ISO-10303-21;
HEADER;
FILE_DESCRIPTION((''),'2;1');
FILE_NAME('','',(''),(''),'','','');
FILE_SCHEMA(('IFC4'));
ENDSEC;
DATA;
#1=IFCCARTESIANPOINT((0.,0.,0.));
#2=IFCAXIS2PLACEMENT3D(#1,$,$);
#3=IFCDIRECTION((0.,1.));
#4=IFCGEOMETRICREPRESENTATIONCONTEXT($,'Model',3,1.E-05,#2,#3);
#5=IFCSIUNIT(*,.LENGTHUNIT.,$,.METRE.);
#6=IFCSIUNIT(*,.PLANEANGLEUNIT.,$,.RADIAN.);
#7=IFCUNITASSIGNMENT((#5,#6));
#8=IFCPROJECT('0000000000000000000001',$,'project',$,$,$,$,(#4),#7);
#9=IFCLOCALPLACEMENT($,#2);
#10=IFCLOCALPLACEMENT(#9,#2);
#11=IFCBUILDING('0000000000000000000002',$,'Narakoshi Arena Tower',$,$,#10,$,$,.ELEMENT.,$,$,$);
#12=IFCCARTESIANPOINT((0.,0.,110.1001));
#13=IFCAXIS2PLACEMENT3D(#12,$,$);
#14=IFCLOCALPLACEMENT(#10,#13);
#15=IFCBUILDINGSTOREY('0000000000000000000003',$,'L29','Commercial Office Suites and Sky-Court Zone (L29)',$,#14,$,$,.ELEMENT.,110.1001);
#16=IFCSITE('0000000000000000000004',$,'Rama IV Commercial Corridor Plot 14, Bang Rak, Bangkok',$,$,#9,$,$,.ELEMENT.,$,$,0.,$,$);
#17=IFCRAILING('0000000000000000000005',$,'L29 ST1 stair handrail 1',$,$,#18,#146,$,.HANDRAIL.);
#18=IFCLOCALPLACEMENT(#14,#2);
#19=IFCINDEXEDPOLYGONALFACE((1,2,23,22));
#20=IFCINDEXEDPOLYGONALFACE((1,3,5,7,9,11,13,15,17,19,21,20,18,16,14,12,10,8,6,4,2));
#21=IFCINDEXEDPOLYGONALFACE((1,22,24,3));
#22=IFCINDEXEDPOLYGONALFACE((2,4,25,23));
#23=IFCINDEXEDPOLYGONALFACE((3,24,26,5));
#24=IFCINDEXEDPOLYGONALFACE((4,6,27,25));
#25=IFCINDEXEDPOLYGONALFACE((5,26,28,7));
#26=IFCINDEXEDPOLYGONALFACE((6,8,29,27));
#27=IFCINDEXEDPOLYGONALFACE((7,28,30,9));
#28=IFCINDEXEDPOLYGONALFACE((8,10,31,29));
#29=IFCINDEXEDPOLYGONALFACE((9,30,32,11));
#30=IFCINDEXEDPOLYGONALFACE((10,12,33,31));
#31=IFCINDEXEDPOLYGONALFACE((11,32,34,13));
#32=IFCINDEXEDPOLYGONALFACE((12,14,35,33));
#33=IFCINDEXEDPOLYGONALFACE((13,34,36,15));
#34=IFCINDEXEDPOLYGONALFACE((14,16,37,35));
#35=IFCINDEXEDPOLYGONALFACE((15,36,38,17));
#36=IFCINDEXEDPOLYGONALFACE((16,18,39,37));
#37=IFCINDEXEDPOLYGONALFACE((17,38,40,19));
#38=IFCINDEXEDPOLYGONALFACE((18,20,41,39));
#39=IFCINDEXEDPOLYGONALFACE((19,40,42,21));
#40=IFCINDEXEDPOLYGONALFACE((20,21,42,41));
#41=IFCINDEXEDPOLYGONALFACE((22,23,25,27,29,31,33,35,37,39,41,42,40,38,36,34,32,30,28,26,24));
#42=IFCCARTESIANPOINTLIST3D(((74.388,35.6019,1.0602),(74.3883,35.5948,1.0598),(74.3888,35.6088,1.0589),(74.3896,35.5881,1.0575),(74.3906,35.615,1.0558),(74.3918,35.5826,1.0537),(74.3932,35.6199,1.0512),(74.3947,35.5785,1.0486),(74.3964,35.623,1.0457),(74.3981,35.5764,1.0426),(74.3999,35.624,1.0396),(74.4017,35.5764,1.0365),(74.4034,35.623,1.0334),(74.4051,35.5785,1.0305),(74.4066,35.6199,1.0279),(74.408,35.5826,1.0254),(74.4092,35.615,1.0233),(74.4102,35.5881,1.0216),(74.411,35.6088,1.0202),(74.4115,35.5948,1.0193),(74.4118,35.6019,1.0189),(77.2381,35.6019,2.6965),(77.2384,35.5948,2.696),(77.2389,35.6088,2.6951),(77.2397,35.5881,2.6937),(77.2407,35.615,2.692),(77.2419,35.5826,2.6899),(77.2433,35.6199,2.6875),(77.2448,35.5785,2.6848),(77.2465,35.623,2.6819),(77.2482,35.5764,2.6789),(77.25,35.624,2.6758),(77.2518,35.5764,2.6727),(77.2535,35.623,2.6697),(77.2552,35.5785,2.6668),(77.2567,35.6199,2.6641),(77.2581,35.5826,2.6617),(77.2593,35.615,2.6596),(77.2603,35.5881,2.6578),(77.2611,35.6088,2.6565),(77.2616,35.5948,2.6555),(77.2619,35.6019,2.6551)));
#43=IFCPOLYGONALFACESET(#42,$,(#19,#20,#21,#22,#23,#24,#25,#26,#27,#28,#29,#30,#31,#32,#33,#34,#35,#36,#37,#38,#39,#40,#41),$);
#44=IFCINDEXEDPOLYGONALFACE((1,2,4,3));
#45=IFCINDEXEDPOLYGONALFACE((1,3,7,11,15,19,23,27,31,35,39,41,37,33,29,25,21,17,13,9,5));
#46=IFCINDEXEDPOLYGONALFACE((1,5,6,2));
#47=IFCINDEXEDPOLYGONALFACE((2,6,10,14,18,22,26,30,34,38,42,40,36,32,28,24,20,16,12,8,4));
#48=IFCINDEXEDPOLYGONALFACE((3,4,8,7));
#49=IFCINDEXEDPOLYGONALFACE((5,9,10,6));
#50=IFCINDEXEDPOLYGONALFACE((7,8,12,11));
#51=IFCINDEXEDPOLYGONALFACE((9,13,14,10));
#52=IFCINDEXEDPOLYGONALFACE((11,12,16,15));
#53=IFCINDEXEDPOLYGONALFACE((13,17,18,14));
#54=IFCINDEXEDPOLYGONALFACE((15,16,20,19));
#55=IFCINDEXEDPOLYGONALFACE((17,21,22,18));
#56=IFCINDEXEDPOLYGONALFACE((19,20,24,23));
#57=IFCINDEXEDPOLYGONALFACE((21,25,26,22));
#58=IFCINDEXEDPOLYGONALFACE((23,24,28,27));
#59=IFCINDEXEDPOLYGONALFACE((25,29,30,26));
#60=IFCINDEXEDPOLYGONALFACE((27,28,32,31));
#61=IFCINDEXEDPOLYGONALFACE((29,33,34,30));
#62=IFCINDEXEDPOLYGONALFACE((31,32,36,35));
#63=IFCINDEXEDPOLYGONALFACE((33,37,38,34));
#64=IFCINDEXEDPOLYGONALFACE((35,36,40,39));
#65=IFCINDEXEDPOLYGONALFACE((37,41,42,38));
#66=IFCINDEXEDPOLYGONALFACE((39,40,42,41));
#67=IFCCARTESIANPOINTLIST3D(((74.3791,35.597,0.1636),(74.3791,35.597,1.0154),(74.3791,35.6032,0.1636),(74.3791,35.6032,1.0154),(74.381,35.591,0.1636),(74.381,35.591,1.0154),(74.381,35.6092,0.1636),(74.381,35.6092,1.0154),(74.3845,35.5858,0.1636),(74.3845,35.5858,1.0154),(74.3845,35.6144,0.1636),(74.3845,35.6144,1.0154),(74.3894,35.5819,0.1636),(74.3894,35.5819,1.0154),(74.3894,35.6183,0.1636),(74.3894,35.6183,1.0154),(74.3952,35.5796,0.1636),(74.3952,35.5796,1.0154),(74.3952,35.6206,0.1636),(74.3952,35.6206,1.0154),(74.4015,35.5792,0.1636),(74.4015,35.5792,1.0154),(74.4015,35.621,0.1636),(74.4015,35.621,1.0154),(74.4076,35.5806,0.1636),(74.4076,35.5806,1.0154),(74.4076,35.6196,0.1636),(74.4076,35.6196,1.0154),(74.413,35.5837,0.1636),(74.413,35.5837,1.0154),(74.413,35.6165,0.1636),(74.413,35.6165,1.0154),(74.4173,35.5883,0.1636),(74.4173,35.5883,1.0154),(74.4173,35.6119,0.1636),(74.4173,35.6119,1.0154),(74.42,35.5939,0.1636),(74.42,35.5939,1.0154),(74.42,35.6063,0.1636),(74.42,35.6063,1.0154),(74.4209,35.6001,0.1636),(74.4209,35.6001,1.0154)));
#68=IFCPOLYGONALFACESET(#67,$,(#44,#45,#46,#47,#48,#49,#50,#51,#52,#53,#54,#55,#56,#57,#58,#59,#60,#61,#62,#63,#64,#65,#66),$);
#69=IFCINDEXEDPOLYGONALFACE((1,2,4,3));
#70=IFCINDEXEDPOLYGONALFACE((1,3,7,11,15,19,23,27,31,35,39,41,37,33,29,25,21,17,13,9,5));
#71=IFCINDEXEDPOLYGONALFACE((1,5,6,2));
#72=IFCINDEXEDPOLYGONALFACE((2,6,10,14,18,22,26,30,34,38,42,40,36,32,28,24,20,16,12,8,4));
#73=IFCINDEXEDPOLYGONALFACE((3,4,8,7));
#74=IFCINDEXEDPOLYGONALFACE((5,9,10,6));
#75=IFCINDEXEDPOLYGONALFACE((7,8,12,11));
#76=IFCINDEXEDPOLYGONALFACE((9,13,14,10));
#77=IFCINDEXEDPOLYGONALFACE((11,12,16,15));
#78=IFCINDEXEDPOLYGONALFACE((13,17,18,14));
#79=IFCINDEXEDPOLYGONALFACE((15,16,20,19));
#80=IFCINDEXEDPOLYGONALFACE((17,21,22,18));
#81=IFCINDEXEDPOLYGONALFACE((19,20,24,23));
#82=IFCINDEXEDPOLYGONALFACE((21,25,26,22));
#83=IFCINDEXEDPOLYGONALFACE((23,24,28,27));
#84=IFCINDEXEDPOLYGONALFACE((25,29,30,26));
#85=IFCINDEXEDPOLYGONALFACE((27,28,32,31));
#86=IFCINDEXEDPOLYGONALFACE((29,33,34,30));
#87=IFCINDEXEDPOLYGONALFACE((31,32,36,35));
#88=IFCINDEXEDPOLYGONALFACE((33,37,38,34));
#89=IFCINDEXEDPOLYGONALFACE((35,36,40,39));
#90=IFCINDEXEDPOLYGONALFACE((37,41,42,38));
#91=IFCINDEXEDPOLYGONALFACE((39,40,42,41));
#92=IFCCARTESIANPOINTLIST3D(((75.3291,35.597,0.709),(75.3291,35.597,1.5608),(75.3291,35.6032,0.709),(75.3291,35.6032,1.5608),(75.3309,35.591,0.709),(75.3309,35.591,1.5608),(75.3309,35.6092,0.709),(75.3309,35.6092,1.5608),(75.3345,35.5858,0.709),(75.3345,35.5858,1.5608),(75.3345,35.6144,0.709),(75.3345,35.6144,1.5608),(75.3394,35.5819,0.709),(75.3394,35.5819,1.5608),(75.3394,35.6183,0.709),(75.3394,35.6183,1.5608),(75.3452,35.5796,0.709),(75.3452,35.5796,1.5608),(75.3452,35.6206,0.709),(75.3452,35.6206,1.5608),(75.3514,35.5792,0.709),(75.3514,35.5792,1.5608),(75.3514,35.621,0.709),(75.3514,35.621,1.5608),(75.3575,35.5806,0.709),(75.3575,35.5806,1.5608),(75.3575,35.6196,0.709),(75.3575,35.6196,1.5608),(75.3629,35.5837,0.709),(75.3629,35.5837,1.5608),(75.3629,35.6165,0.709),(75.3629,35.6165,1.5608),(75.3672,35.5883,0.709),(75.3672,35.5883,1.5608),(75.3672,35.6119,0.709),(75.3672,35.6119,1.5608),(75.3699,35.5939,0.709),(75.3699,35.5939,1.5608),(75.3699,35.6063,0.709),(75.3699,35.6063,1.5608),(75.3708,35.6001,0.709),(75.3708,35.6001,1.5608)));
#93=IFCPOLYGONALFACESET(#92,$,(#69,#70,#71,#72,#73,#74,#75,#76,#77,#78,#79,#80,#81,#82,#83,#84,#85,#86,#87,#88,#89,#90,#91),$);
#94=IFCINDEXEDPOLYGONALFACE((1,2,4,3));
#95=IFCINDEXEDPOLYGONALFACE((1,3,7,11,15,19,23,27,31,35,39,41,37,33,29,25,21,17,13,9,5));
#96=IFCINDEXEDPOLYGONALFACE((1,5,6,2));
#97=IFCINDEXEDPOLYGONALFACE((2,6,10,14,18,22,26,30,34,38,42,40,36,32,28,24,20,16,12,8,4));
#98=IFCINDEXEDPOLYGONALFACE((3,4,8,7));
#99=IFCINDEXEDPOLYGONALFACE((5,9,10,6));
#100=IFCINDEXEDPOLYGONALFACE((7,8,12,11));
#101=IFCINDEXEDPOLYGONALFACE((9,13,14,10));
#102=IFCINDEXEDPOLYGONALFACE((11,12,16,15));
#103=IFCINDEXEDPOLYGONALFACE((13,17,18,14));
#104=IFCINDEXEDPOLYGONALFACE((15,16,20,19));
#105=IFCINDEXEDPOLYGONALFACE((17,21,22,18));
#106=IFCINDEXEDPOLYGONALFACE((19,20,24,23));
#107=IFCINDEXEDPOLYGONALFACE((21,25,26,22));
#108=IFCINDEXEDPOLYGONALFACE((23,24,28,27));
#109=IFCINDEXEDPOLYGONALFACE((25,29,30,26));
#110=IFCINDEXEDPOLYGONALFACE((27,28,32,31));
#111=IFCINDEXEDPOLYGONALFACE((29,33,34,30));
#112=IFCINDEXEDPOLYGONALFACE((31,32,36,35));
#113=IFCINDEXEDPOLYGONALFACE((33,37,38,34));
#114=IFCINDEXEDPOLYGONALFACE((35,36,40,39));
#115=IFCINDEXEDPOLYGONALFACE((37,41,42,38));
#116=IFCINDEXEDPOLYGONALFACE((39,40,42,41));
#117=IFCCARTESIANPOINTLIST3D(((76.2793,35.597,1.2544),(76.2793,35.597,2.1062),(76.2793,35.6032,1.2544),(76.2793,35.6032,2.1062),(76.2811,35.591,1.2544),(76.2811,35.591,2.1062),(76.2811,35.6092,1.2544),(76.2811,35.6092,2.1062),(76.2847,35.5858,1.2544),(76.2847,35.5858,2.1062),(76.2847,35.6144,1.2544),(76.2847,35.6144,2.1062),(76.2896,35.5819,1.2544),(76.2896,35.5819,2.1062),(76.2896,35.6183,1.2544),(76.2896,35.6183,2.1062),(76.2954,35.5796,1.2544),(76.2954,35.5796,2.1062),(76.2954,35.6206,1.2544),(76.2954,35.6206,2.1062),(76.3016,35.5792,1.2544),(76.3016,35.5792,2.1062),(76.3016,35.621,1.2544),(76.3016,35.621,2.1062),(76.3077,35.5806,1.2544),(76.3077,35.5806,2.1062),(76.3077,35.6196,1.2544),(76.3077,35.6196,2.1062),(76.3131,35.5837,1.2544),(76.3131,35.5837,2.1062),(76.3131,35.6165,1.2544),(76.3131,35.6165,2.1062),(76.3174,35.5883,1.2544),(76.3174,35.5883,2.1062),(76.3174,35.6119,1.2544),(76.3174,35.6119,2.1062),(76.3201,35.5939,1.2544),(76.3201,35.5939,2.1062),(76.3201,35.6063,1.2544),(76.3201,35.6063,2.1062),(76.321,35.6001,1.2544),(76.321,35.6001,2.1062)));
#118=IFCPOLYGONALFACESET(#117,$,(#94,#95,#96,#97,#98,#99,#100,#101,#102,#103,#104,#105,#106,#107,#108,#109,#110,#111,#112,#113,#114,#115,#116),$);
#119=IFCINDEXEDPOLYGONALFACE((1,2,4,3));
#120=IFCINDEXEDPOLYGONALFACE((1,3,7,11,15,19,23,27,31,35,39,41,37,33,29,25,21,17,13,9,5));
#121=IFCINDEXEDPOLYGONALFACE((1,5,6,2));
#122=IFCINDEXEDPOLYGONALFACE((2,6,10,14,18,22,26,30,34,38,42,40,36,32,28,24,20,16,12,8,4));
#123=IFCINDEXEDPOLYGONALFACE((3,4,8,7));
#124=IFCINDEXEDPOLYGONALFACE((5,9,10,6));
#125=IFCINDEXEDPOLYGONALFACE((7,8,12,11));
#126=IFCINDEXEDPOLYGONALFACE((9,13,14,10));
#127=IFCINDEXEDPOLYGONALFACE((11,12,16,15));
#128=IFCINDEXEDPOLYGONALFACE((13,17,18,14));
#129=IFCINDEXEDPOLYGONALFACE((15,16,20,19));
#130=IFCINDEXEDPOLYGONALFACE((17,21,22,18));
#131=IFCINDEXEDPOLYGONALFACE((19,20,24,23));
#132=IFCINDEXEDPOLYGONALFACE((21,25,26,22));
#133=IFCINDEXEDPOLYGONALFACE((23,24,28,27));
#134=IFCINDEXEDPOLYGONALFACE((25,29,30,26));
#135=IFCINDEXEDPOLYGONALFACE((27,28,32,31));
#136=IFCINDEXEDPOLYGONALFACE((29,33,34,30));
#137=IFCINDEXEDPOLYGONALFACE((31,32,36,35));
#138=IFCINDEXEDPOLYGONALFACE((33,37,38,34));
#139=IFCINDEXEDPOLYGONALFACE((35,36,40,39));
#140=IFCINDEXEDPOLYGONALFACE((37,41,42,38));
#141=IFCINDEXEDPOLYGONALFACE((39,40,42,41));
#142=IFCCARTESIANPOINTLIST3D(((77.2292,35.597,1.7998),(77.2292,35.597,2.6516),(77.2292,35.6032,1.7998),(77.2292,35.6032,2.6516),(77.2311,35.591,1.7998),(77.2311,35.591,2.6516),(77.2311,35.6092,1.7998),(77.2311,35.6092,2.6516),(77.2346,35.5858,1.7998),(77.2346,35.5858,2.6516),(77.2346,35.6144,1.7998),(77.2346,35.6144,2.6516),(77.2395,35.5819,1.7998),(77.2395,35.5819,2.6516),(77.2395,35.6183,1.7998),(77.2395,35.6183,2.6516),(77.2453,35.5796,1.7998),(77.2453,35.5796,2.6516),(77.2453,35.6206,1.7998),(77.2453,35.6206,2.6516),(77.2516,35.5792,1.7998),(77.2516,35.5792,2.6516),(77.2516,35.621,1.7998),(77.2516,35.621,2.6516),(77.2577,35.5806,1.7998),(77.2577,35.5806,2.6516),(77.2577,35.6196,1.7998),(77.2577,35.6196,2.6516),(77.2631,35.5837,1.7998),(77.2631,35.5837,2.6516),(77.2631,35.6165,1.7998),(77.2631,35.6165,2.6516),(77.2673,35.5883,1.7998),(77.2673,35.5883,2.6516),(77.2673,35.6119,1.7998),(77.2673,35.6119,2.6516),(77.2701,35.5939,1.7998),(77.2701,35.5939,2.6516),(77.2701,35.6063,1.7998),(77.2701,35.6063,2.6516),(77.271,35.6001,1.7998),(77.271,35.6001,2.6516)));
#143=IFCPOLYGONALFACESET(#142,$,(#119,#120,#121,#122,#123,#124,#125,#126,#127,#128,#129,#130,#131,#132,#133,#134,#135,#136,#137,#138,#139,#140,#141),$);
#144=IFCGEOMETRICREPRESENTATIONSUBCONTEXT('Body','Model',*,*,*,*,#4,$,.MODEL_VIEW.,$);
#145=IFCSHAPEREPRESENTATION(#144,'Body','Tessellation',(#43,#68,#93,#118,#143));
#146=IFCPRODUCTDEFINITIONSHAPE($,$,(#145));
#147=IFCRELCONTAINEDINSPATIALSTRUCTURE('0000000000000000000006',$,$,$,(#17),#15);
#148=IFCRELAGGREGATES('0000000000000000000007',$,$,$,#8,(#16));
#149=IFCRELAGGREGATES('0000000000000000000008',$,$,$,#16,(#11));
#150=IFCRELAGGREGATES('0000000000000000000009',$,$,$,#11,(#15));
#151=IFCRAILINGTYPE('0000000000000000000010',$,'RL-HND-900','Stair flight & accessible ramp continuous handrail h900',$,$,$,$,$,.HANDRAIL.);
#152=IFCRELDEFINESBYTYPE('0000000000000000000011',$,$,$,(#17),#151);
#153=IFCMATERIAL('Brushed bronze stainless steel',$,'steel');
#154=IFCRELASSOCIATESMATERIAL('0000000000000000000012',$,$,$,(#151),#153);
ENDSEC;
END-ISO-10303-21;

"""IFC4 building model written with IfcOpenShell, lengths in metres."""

from ifc_helpers import new_model, si_unit, direction, frame, origin, origin_2d, place, context, subcontext, project, spatial, circle, extrude, material, type_object, element, save


model = new_model("IFC4")

# Units and contexts
model_context = context("Model", 3, precision=1e-05, world=origin(), true_north=direction((0.0, 1.0)))
body_context = subcontext(model_context, "Body", "Model", "MODEL_VIEW")
ifc_project = project(units=[si_unit("LENGTHUNIT", "METRE"), si_unit("PLANEANGLEUNIT", "RADIAN")], contexts=[model_context])

# Site, building, storey
site_placement = place(None, origin())
site = spatial("IfcSite", under=ifc_project, at=site_placement, Name="Rama IV Commercial Corridor Plot 14, Bang Rak, Bangkok", CompositionType="ELEMENT", RefElevation=0.0)
building_placement = place(site_placement, origin())
building = spatial("IfcBuilding", under=site, at=building_placement, Name="Narakoshi Arena Tower", CompositionType="ELEMENT")
storey_placement = place(building_placement, frame((0.0, 0.0, 110.1001)))
storey = spatial("IfcBuildingStorey", under=building, at=storey_placement, Name="L29", Description="Commercial Office Suites and Sky-Court Zone (L29)", CompositionType="ELEMENT", Elevation=110.1001)

# Shared definitions
ifc_material_1 = material(Name="Brushed bronze stainless steel", Category="steel")

# Railing
railing_type_1 = type_object("IfcRailingType", Name="RL-HND-900", Description="Stair flight & accessible ramp continuous handrail h900", PredefinedType="HANDRAIL", material=ifc_material_1)
railing_1_placement = place(storey_placement, frame((74.3999, 35.6001, 0.1636)))
element("IfcRailing", 1, at=railing_1_placement, inside=storey, type_object=railing_type_1, Name="L29 ST1 stair handrail 1", PredefinedType="HANDRAIL", context=body_context, shape_type="SweptSolid", body=[
    extrude(circle(Radius=0.0239, at=origin_2d()), frame((0.0, 0.0, 0.876), z_axis=(0.867245, 0.0, 0.497882), x_axis=(0.0, 1.0, 0.0)), (0.0, 0.0, 1.0), 3.2864),
    extrude(circle(Radius=0.021, at=origin_2d()), origin(), (0.0, 0.0, 1.0), 0.8518),
    extrude(circle(Radius=0.021, at=origin_2d()), frame((0.95, 0.0, 0.5454)), (0.0, 0.0, 1.0), 0.8518),
    extrude(circle(Radius=0.021, at=origin_2d()), frame((1.9001, 0.0, 1.0908)), (0.0, 0.0, 1.0), 0.8518),
    extrude(circle(Radius=0.021, at=origin_2d()), frame((2.8501, 0.0, 1.6362)), (0.0, 0.0, 1.0), 0.8518),
])

save(model, "model.ifc")
